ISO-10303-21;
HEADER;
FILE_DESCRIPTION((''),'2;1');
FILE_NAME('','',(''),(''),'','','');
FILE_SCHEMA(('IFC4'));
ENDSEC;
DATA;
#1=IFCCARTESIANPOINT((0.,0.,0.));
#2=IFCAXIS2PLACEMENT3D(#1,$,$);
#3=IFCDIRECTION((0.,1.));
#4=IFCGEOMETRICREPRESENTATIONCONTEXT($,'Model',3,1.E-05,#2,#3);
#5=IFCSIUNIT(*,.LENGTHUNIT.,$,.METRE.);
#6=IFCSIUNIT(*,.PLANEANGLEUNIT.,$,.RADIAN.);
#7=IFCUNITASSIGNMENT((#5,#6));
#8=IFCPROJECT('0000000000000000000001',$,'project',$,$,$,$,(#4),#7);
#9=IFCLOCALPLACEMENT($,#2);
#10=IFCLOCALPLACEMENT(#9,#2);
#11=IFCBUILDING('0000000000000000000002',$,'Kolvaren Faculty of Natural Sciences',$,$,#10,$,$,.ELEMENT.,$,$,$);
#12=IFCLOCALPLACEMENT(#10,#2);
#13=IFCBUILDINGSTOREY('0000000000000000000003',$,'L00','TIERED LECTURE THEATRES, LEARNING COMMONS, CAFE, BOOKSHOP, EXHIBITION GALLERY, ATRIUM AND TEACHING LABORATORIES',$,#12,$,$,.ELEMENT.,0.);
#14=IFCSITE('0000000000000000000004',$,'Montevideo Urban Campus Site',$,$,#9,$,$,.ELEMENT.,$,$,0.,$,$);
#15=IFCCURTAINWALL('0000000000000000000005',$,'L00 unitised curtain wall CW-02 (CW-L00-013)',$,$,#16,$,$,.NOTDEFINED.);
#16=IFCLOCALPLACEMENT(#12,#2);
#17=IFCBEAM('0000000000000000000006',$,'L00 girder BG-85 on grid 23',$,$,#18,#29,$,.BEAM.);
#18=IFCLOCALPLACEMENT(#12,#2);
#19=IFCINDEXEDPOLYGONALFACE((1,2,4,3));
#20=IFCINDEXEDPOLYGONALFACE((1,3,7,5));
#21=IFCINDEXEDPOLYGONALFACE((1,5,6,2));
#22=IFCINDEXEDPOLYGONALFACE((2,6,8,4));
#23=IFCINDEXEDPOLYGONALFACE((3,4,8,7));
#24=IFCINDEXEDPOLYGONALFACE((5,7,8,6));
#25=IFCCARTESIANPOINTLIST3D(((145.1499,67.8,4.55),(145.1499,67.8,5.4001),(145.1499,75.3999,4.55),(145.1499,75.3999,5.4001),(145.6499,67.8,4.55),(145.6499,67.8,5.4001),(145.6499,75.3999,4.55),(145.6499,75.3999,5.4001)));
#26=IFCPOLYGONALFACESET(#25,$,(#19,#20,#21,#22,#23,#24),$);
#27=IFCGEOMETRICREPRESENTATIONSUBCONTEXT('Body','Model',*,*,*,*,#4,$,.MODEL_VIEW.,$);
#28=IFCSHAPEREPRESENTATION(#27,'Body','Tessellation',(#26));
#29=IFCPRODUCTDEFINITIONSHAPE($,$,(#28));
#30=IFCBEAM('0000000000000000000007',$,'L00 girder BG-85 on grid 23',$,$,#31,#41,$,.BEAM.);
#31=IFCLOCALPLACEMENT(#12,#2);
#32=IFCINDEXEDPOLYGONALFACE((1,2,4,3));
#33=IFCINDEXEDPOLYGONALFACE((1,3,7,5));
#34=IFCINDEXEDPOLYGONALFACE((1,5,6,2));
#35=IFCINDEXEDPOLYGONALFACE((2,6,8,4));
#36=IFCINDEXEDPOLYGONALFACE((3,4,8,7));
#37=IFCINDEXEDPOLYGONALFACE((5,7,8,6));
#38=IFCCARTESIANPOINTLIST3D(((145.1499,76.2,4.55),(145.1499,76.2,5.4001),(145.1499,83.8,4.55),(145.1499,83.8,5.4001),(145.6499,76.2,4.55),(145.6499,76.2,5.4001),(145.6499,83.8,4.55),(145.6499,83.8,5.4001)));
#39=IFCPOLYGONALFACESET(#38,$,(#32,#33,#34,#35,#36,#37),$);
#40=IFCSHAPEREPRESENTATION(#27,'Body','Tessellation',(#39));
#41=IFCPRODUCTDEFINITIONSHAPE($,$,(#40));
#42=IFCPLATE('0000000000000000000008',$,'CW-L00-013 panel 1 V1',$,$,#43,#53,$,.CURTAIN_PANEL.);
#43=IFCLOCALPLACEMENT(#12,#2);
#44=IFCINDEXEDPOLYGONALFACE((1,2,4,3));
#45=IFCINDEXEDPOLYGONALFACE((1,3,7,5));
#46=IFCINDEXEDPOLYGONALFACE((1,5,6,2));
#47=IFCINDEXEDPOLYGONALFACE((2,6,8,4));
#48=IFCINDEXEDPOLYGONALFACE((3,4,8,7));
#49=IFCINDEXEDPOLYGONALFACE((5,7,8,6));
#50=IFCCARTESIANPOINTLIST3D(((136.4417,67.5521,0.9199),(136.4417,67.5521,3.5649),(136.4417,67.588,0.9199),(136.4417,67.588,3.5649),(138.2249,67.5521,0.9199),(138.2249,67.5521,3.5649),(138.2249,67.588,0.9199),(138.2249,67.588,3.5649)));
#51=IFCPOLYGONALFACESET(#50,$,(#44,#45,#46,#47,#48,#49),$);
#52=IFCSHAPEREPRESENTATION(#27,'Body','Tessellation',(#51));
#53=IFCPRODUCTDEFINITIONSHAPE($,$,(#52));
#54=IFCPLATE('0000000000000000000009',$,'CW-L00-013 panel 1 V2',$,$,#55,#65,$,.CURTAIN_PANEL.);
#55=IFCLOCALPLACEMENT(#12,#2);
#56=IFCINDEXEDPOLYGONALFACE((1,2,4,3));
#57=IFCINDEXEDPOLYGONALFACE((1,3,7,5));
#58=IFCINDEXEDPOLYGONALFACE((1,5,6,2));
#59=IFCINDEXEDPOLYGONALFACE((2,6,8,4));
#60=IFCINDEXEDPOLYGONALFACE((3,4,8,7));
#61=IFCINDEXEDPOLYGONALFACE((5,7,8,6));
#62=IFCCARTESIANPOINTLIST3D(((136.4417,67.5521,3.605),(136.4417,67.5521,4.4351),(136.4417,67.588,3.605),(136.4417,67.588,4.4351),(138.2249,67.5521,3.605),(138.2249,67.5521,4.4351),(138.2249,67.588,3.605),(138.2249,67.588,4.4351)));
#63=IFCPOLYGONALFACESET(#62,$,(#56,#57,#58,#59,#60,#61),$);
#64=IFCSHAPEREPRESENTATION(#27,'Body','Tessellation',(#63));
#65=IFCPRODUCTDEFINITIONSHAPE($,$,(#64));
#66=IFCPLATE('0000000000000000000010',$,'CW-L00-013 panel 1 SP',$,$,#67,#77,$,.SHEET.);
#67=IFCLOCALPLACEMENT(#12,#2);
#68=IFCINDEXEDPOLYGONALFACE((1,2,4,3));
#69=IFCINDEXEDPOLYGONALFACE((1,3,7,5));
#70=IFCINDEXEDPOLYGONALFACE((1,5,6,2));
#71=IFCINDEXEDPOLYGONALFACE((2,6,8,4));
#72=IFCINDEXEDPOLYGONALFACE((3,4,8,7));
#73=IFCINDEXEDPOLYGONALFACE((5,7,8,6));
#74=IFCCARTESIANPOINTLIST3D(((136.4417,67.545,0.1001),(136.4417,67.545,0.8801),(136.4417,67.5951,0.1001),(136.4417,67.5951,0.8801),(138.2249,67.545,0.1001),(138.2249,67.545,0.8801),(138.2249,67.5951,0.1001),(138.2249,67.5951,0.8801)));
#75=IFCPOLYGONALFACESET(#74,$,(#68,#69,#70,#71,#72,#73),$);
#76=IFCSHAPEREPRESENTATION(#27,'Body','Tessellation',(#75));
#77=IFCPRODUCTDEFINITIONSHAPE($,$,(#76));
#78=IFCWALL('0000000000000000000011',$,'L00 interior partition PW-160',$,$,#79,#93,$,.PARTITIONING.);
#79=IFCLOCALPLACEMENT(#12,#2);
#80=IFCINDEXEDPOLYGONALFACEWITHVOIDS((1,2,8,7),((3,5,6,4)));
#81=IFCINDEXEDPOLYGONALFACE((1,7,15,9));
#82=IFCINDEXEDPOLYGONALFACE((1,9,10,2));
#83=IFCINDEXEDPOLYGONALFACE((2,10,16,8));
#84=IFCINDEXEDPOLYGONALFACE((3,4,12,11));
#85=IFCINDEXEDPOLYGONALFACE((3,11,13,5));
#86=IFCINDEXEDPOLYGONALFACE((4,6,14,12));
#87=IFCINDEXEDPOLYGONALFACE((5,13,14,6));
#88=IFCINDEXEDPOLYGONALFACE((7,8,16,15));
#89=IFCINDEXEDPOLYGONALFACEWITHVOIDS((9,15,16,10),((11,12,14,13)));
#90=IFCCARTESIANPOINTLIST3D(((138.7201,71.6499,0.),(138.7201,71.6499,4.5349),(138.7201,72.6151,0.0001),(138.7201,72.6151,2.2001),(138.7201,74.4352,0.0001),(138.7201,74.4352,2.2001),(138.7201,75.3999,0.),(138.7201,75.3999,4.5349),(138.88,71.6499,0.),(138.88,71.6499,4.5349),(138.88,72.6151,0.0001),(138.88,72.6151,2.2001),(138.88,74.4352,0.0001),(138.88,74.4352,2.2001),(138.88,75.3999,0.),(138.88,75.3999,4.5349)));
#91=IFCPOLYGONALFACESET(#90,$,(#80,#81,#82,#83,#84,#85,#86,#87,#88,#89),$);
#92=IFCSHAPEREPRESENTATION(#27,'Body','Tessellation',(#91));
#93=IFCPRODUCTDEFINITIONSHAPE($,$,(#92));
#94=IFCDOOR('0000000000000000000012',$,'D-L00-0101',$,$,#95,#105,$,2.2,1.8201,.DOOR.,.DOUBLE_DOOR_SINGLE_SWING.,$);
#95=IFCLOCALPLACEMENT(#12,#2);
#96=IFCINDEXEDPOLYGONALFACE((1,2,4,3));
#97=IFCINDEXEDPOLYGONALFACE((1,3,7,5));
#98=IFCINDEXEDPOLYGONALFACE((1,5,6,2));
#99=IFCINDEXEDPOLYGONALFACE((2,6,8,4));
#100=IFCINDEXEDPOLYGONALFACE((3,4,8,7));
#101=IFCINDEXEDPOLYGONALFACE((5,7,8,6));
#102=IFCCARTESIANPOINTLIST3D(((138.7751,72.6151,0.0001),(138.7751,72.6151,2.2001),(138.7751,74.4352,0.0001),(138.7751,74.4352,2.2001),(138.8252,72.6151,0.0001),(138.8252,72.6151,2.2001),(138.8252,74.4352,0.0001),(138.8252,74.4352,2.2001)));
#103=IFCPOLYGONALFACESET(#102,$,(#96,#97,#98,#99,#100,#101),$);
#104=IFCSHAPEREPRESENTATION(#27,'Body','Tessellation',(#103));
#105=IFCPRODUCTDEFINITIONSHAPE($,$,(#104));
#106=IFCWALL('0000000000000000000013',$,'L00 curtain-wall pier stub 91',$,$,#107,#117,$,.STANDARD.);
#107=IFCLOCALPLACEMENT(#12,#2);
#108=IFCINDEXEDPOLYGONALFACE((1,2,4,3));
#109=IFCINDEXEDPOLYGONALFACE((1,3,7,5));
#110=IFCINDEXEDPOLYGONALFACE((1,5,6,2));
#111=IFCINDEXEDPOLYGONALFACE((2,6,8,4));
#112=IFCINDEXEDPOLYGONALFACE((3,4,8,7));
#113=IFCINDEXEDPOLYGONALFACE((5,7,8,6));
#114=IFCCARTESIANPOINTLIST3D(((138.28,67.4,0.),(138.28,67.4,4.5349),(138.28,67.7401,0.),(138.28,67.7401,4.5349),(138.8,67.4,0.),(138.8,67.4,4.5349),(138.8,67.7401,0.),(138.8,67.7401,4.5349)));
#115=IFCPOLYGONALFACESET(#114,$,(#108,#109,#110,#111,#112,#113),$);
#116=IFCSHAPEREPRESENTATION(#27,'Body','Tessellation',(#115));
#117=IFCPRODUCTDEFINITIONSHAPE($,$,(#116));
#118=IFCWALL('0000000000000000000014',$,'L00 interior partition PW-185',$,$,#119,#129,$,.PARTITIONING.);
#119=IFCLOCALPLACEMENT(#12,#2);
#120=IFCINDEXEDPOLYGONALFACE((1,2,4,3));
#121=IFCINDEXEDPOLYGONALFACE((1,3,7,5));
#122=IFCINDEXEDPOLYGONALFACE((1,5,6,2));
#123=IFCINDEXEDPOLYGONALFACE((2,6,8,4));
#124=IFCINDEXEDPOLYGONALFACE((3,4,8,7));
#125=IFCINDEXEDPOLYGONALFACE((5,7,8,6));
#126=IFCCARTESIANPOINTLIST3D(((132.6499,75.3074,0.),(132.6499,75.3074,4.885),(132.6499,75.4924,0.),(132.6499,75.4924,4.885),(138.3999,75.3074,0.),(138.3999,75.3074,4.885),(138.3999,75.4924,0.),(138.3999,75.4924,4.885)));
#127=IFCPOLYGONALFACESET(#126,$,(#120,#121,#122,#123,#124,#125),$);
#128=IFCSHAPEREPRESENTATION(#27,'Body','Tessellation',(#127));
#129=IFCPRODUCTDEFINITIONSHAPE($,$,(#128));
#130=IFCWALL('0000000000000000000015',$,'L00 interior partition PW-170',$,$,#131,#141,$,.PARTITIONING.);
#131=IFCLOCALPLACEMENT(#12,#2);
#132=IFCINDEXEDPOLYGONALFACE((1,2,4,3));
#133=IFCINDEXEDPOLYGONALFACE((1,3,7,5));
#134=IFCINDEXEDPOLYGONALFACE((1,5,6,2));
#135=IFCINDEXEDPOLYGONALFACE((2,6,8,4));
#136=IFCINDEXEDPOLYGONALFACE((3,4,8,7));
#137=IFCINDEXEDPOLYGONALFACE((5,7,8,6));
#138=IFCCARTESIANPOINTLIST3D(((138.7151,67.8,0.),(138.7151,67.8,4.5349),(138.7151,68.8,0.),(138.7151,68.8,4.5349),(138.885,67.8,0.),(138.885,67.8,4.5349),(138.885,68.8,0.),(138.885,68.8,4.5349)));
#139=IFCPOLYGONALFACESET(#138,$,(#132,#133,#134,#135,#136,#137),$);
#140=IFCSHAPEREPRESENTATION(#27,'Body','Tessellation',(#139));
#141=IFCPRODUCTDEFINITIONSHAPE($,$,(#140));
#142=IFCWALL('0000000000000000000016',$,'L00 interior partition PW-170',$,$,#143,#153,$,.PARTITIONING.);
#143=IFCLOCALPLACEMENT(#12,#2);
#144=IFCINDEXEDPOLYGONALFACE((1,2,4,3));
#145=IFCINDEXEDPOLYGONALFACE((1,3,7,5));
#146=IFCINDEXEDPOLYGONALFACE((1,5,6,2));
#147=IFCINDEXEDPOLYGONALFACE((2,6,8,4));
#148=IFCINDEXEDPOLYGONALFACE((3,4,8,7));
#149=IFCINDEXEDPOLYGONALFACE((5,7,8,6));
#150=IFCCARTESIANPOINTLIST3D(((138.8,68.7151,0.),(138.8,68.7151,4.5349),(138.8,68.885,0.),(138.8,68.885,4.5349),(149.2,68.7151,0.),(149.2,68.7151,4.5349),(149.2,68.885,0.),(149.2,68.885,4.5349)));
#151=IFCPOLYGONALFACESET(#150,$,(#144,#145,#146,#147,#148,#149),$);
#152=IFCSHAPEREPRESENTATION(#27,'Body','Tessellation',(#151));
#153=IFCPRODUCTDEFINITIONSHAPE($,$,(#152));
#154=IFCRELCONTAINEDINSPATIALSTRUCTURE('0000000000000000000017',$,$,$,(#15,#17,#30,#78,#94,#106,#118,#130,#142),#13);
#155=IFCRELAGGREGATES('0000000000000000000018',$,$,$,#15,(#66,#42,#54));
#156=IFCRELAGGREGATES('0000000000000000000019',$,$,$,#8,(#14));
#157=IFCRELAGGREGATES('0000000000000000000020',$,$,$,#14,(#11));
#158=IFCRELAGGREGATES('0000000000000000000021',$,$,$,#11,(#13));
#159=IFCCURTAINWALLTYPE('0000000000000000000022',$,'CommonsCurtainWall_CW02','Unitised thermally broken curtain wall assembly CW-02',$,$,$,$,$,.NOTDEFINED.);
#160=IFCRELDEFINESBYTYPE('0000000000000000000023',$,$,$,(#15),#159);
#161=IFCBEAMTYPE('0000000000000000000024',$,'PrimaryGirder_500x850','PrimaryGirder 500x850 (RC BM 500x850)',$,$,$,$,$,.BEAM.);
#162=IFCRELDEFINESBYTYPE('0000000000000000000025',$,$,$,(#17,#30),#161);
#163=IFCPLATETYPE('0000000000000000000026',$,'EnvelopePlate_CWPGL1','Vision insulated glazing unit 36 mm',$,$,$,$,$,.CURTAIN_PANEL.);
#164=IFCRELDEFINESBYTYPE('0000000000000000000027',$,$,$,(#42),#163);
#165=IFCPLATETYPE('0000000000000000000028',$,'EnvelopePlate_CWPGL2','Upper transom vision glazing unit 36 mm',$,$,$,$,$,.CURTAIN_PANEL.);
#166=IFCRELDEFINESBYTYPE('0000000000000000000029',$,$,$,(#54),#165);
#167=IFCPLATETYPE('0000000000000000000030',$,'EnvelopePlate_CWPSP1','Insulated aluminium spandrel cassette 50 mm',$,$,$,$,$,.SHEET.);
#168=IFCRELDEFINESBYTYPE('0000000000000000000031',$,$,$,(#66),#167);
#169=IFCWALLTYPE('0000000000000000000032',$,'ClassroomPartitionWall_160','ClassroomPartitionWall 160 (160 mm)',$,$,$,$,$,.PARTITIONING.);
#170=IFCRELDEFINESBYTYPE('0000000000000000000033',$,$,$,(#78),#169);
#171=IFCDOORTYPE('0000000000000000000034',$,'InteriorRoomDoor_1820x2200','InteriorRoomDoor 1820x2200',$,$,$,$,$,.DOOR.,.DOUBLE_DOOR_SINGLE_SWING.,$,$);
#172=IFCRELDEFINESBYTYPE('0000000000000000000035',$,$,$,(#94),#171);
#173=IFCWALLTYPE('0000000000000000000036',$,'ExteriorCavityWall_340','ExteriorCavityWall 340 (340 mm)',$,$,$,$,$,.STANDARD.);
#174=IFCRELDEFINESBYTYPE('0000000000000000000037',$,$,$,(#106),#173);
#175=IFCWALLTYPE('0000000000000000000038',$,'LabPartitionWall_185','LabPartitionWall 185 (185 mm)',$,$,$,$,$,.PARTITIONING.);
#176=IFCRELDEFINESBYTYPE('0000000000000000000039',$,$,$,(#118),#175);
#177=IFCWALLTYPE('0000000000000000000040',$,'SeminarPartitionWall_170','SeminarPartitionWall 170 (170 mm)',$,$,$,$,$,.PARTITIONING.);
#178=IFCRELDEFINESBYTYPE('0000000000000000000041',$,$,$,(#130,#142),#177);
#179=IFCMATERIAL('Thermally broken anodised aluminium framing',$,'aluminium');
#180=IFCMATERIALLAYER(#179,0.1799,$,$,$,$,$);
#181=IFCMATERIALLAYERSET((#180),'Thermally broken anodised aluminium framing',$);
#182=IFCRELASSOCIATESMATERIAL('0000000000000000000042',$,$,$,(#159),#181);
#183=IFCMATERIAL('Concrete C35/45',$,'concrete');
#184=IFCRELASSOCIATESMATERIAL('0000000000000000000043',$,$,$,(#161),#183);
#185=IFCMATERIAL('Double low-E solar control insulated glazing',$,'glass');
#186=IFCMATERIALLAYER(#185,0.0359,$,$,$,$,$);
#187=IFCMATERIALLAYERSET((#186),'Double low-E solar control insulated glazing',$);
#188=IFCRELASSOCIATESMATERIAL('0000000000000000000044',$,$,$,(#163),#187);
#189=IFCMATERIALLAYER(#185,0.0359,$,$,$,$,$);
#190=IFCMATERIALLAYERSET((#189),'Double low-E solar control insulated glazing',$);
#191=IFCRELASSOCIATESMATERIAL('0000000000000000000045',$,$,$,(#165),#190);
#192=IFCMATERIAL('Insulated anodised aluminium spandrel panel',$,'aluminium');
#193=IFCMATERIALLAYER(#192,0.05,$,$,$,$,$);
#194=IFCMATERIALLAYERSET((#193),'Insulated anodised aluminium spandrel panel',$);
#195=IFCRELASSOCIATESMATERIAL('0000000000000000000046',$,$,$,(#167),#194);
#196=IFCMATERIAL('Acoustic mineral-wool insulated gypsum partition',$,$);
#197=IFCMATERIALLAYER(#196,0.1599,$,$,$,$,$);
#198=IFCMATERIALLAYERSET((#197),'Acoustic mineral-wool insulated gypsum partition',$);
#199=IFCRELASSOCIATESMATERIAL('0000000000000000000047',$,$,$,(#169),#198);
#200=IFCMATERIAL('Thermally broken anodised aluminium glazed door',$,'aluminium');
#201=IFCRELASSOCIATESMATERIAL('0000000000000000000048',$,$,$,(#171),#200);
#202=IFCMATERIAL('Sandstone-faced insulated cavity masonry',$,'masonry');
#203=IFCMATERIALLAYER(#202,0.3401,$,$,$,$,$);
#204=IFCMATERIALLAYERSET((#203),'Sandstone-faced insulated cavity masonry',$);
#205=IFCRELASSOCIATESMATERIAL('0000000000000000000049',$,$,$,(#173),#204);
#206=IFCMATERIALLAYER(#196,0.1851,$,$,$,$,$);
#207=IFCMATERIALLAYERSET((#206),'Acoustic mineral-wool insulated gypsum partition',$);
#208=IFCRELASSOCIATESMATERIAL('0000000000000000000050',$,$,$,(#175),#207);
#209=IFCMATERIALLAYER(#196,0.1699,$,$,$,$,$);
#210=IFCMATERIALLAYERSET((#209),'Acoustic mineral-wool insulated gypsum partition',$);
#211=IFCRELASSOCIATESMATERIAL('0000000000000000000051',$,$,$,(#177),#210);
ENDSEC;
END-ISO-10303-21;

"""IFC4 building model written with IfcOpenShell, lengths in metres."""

from ifc_helpers import new_model, si_unit, direction, frame, frame_2d, origin, origin_2d, place, context, subcontext, project, spatial, rectangle, extrude, material, layer, layer_set, material_profile, profile_set, type_object, element, fill, aggregate, save


model = new_model("IFC4")

# Units and contexts
model_context = context("Model", 3, precision=1e-05, world=origin(), true_north=direction((0.0, 1.0)))
body_context = subcontext(model_context, "Body", "Model", "MODEL_VIEW")
ifc_project = project(units=[si_unit("LENGTHUNIT", "METRE"), si_unit("PLANEANGLEUNIT", "RADIAN")], contexts=[model_context])

# Site, building, storey
site_placement = place(None, origin())
site = spatial("IfcSite", under=ifc_project, at=site_placement, Name="Montevideo Urban Campus Site", CompositionType="ELEMENT", RefElevation=0.0)
building_placement = place(site_placement, origin())
building = spatial("IfcBuilding", under=site, at=building_placement, Name="Kolvaren Faculty of Natural Sciences", CompositionType="ELEMENT")
storey_placement = place(building_placement, origin())
storey = spatial("IfcBuildingStorey", under=building, at=storey_placement, Name="L00", Description="TIERED LECTURE THEATRES, LEARNING COMMONS, CAFE, BOOKSHOP, EXHIBITION GALLERY, ATRIUM AND TEACHING LABORATORIES", CompositionType="ELEMENT", Elevation=0.0)

# Curtain wall
ifc_material_1 = material(Name="Thermally broken anodised aluminium framing", Category="aluminium")
ifc_layer_1 = layer(ifc_material_1, 0.1799)
ifc_layer_set_1 = layer_set([ifc_layer_1], Name="Thermally broken anodised aluminium framing")
curtain_wall_type = type_object("IfcCurtainWallType", Name="CommonsCurtainWall_CW02", Description="Unitised thermally broken curtain wall assembly CW-02", PredefinedType="NOTDEFINED", material=ifc_layer_set_1)
curtain_wall_placement = place(storey_placement, origin())
curtain_wall = element("IfcCurtainWall", 1, at=curtain_wall_placement, inside=storey, type_object=curtain_wall_type, Name="L00 unitised curtain wall CW-02 (CW-L00-013)", PredefinedType="NOTDEFINED")

# Beams
ifc_material_2 = material(Name="Concrete C35/45", Category="concrete")
ifc_material_profile_1 = material_profile(ifc_material_2, rectangle(XDim=0.5, YDim=0.8501, at=origin_2d()), Name="RC BM 500x850")
ifc_profile_set_1 = profile_set([ifc_material_profile_1], Name="Concrete C35/45")
beam_type_1 = type_object("IfcBeamType", Name="PrimaryGirder_500x850", Description="PrimaryGirder 500x850 (RC BM 500x850)", PredefinedType="BEAM", material=ifc_profile_set_1)
beam_1_placement = place(storey_placement, frame((145.3999, 67.8, 4.9751), z_axis=(0.0, 1.0, 0.0), x_axis=(-1.0, 0.0, 0.0)))
element("IfcBeam", 2, at=beam_1_placement, inside=storey, type_object=beam_type_1, Name="L00 girder BG-85 on grid 23", PredefinedType="BEAM", context=body_context, shape_type="SweptSolid", body=[
    extrude(rectangle(XDim=0.5, YDim=0.8501, at=origin_2d()), origin(), (0.0, 0.0, 1.0), 7.5999),
])
beam_2_placement = place(storey_placement, frame((145.3999, 76.2, 4.9751), z_axis=(0.0, 1.0, 0.0), x_axis=(-1.0, 0.0, 0.0)))
element("IfcBeam", 3, at=beam_2_placement, inside=storey, type_object=beam_type_1, Name="L00 girder BG-85 on grid 23", PredefinedType="BEAM", context=body_context, shape_type="SweptSolid", body=[
    extrude(rectangle(XDim=0.5, YDim=0.8501, at=origin_2d()), origin(), (0.0, 0.0, 1.0), 7.6001),
])

# Plates
ifc_material_3 = material(Name="Double low-E solar control insulated glazing", Category="glass")
ifc_layer_2 = layer(ifc_material_3, 0.0359)
ifc_layer_set_2 = layer_set([ifc_layer_2], Name="Double low-E solar control insulated glazing")
plate_type_1 = type_object("IfcPlateType", Name="EnvelopePlate_CWPGL1", Description="Vision insulated glazing unit 36 mm", PredefinedType="CURTAIN_PANEL", material=ifc_layer_set_2)
plate_1_placement = place(storey_placement, frame((137.3333, 67.5701, 0.9199), z_axis=(0.0, 0.0, 1.0), x_axis=(-1.0, 0.0, 0.0)))
plate_1 = element("IfcPlate", 4, at=plate_1_placement, type_object=plate_type_1, Name="CW-L00-013 panel 1 V1", PredefinedType="CURTAIN_PANEL", context=body_context, shape_type="SweptSolid", body=[
    extrude(rectangle(XDim=1.7832, YDim=0.0359, at=origin_2d()), origin(), (0.0, 0.0, 1.0), 2.645),
])
ifc_layer_3 = layer(ifc_material_3, 0.0359)
ifc_layer_set_3 = layer_set([ifc_layer_3], Name="Double low-E solar control insulated glazing")
plate_type_2 = type_object("IfcPlateType", Name="EnvelopePlate_CWPGL2", Description="Upper transom vision glazing unit 36 mm", PredefinedType="CURTAIN_PANEL", material=ifc_layer_set_3)
plate_2_placement = place(storey_placement, frame((137.3333, 67.5701, 3.605), z_axis=(0.0, 0.0, 1.0), x_axis=(-1.0, 0.0, 0.0)))
plate_2 = element("IfcPlate", 5, at=plate_2_placement, type_object=plate_type_2, Name="CW-L00-013 panel 1 V2", PredefinedType="CURTAIN_PANEL", context=body_context, shape_type="SweptSolid", body=[
    extrude(rectangle(XDim=1.7832, YDim=0.0359, at=origin_2d()), origin(), (0.0, 0.0, 1.0), 0.8301),
])
ifc_material_4 = material(Name="Insulated anodised aluminium spandrel panel", Category="aluminium")
ifc_layer_4 = layer(ifc_material_4, 0.05)
ifc_layer_set_4 = layer_set([ifc_layer_4], Name="Insulated anodised aluminium spandrel panel")
plate_type_3 = type_object("IfcPlateType", Name="EnvelopePlate_CWPSP1", Description="Insulated aluminium spandrel cassette 50 mm", PredefinedType="SHEET", material=ifc_layer_set_4)
plate_3_placement = place(storey_placement, frame((137.3333, 67.5701, 0.1001), z_axis=(0.0, 0.0, 1.0), x_axis=(-1.0, 0.0, 0.0)))
plate_3 = element("IfcPlate", 6, at=plate_3_placement, type_object=plate_type_3, Name="CW-L00-013 panel 1 SP", PredefinedType="SHEET", context=body_context, shape_type="SweptSolid", body=[
    extrude(rectangle(XDim=1.7832, YDim=0.05, at=origin_2d()), origin(), (0.0, 0.0, 1.0), 0.78),
])
aggregate(curtain_wall, [plate_3, plate_1, plate_2])

# Wall, opening, door
ifc_material_5 = material(Name="Acoustic mineral-wool insulated gypsum partition")
ifc_layer_5 = layer(ifc_material_5, 0.1599)
ifc_layer_set_5 = layer_set([ifc_layer_5], Name="Acoustic mineral-wool insulated gypsum partition")
wall_type_1 = type_object("IfcWallType", Name="ClassroomPartitionWall_160", Description="ClassroomPartitionWall 160 (160 mm)", PredefinedType="PARTITIONING", material=ifc_layer_set_5)
wall_1_placement = place(storey_placement, frame((138.8, 71.6499, 0.0), z_axis=(0.0, 0.0, 1.0), x_axis=(0.0, 1.0, 0.0)))
wall_1 = element("IfcWall", 7, at=wall_1_placement, inside=storey, type_object=wall_type_1, Name="L00 interior partition PW-160", PredefinedType="PARTITIONING", context=body_context, shape_type="SweptSolid", body=[
    extrude(rectangle(XDim=3.75, YDim=0.1599, at=frame_2d((1.875, 0.0))), origin(), (0.0, 0.0, 1.0), 4.5349),
])
opening_placement = place(wall_1_placement, frame((0.9651, 0.0, 0.0)))
opening = element("IfcOpeningElement", 8, at=opening_placement, cuts=wall_1, PredefinedType="OPENING", context=body_context, shape_type="SweptSolid", body=[
    extrude(rectangle(XDim=1.8201, YDim=2.2, at=frame_2d((0.9102, 1.1001))), frame((0.0, 0.0898, 0.0), z_axis=(0.0, -1.0, 0.0), x_axis=(1.0, 0.0, 0.0)), (0.0, 0.0, 1.0), 0.1799),
])
ifc_material_6 = material(Name="Thermally broken anodised aluminium glazed door", Category="aluminium")
door_type = type_object("IfcDoorType", Name="InteriorRoomDoor_1820x2200", Description="InteriorRoomDoor 1820x2200", OperationType="DOUBLE_DOOR_SINGLE_SWING", PredefinedType="DOOR", material=ifc_material_6)
door_placement = place(opening_placement, origin())
door = element("IfcDoor", 9, at=door_placement, inside=storey, type_object=door_type, Name="D-L00-0101", OperationType="DOUBLE_DOOR_SINGLE_SWING", OverallHeight=2.2, OverallWidth=1.8201, PredefinedType="DOOR", context=body_context, shape_type="SweptSolid", body=[
    extrude(rectangle(XDim=1.8201, YDim=2.2, at=frame_2d((0.9102, 1.1001))), frame((0.0, 0.0249, 0.0), z_axis=(0.0, -1.0, 0.0), x_axis=(1.0, 0.0, 0.0)), (0.0, 0.0, 1.0), 0.05),
])
fill(opening, door)

# Walls
ifc_material_7 = material(Name="Sandstone-faced insulated cavity masonry", Category="masonry")
ifc_layer_6 = layer(ifc_material_7, 0.3401)
ifc_layer_set_6 = layer_set([ifc_layer_6], Name="Sandstone-faced insulated cavity masonry")
wall_type_2 = type_object("IfcWallType", Name="ExteriorCavityWall_340", Description="ExteriorCavityWall 340 (340 mm)", PredefinedType="STANDARD", material=ifc_layer_set_6)
wall_2_placement = place(storey_placement, frame((138.8, 67.5701, 0.0), z_axis=(0.0, 0.0, 1.0), x_axis=(-1.0, 0.0, 0.0)))
element("IfcWall", 10, at=wall_2_placement, inside=storey, type_object=wall_type_2, Name="L00 curtain-wall pier stub 91", PredefinedType="STANDARD", context=body_context, shape_type="SweptSolid", body=[
    extrude(rectangle(XDim=0.52, YDim=0.3401, at=frame_2d((0.26, 0.0))), origin(), (0.0, 0.0, 1.0), 4.5349),
])
ifc_layer_7 = layer(ifc_material_5, 0.1851)
ifc_layer_set_7 = layer_set([ifc_layer_7], Name="Acoustic mineral-wool insulated gypsum partition")
wall_type_3 = type_object("IfcWallType", Name="LabPartitionWall_185", Description="LabPartitionWall 185 (185 mm)", PredefinedType="PARTITIONING", material=ifc_layer_set_7)
wall_3_placement = place(storey_placement, frame((138.3999, 75.3999, 0.0), z_axis=(0.0, 0.0, 1.0), x_axis=(-1.0, 0.0, 0.0)))
element("IfcWall", 11, at=wall_3_placement, inside=storey, type_object=wall_type_3, Name="L00 interior partition PW-185", PredefinedType="PARTITIONING", context=body_context, shape_type="SweptSolid", body=[
    extrude(rectangle(XDim=5.75, YDim=0.1851, at=frame_2d((2.875, 0.0))), origin(), (0.0, 0.0, 1.0), 4.885),
])
ifc_layer_8 = layer(ifc_material_5, 0.1699)
ifc_layer_set_8 = layer_set([ifc_layer_8], Name="Acoustic mineral-wool insulated gypsum partition")
wall_type_4 = type_object("IfcWallType", Name="SeminarPartitionWall_170", Description="SeminarPartitionWall 170 (170 mm)", PredefinedType="PARTITIONING", material=ifc_layer_set_8)
wall_4_placement = place(storey_placement, frame((138.8, 67.8, 0.0), z_axis=(0.0, 0.0, 1.0), x_axis=(0.0, 1.0, 0.0)))
element("IfcWall", 12, at=wall_4_placement, inside=storey, type_object=wall_type_4, Name="L00 interior partition PW-170", PredefinedType="PARTITIONING", context=body_context, shape_type="SweptSolid", body=[
    extrude(rectangle(XDim=1.0, YDim=0.1699, at=frame_2d((0.5, 0.0))), origin(), (0.0, 0.0, 1.0), 4.5349),
])
wall_5_placement = place(storey_placement, frame((138.8, 68.8, 0.0), z_axis=(0.0, 0.0, 1.0), x_axis=(1.0, 0.0, 0.0)))
element("IfcWall", 13, at=wall_5_placement, inside=storey, type_object=wall_type_4, Name="L00 interior partition PW-170", PredefinedType="PARTITIONING", context=body_context, shape_type="SweptSolid", body=[
    extrude(rectangle(XDim=10.3999, YDim=0.1699, at=frame_2d((5.2, 0.0))), origin(), (0.0, 0.0, 1.0), 4.5349),
])

save(model, "model.ifc")
